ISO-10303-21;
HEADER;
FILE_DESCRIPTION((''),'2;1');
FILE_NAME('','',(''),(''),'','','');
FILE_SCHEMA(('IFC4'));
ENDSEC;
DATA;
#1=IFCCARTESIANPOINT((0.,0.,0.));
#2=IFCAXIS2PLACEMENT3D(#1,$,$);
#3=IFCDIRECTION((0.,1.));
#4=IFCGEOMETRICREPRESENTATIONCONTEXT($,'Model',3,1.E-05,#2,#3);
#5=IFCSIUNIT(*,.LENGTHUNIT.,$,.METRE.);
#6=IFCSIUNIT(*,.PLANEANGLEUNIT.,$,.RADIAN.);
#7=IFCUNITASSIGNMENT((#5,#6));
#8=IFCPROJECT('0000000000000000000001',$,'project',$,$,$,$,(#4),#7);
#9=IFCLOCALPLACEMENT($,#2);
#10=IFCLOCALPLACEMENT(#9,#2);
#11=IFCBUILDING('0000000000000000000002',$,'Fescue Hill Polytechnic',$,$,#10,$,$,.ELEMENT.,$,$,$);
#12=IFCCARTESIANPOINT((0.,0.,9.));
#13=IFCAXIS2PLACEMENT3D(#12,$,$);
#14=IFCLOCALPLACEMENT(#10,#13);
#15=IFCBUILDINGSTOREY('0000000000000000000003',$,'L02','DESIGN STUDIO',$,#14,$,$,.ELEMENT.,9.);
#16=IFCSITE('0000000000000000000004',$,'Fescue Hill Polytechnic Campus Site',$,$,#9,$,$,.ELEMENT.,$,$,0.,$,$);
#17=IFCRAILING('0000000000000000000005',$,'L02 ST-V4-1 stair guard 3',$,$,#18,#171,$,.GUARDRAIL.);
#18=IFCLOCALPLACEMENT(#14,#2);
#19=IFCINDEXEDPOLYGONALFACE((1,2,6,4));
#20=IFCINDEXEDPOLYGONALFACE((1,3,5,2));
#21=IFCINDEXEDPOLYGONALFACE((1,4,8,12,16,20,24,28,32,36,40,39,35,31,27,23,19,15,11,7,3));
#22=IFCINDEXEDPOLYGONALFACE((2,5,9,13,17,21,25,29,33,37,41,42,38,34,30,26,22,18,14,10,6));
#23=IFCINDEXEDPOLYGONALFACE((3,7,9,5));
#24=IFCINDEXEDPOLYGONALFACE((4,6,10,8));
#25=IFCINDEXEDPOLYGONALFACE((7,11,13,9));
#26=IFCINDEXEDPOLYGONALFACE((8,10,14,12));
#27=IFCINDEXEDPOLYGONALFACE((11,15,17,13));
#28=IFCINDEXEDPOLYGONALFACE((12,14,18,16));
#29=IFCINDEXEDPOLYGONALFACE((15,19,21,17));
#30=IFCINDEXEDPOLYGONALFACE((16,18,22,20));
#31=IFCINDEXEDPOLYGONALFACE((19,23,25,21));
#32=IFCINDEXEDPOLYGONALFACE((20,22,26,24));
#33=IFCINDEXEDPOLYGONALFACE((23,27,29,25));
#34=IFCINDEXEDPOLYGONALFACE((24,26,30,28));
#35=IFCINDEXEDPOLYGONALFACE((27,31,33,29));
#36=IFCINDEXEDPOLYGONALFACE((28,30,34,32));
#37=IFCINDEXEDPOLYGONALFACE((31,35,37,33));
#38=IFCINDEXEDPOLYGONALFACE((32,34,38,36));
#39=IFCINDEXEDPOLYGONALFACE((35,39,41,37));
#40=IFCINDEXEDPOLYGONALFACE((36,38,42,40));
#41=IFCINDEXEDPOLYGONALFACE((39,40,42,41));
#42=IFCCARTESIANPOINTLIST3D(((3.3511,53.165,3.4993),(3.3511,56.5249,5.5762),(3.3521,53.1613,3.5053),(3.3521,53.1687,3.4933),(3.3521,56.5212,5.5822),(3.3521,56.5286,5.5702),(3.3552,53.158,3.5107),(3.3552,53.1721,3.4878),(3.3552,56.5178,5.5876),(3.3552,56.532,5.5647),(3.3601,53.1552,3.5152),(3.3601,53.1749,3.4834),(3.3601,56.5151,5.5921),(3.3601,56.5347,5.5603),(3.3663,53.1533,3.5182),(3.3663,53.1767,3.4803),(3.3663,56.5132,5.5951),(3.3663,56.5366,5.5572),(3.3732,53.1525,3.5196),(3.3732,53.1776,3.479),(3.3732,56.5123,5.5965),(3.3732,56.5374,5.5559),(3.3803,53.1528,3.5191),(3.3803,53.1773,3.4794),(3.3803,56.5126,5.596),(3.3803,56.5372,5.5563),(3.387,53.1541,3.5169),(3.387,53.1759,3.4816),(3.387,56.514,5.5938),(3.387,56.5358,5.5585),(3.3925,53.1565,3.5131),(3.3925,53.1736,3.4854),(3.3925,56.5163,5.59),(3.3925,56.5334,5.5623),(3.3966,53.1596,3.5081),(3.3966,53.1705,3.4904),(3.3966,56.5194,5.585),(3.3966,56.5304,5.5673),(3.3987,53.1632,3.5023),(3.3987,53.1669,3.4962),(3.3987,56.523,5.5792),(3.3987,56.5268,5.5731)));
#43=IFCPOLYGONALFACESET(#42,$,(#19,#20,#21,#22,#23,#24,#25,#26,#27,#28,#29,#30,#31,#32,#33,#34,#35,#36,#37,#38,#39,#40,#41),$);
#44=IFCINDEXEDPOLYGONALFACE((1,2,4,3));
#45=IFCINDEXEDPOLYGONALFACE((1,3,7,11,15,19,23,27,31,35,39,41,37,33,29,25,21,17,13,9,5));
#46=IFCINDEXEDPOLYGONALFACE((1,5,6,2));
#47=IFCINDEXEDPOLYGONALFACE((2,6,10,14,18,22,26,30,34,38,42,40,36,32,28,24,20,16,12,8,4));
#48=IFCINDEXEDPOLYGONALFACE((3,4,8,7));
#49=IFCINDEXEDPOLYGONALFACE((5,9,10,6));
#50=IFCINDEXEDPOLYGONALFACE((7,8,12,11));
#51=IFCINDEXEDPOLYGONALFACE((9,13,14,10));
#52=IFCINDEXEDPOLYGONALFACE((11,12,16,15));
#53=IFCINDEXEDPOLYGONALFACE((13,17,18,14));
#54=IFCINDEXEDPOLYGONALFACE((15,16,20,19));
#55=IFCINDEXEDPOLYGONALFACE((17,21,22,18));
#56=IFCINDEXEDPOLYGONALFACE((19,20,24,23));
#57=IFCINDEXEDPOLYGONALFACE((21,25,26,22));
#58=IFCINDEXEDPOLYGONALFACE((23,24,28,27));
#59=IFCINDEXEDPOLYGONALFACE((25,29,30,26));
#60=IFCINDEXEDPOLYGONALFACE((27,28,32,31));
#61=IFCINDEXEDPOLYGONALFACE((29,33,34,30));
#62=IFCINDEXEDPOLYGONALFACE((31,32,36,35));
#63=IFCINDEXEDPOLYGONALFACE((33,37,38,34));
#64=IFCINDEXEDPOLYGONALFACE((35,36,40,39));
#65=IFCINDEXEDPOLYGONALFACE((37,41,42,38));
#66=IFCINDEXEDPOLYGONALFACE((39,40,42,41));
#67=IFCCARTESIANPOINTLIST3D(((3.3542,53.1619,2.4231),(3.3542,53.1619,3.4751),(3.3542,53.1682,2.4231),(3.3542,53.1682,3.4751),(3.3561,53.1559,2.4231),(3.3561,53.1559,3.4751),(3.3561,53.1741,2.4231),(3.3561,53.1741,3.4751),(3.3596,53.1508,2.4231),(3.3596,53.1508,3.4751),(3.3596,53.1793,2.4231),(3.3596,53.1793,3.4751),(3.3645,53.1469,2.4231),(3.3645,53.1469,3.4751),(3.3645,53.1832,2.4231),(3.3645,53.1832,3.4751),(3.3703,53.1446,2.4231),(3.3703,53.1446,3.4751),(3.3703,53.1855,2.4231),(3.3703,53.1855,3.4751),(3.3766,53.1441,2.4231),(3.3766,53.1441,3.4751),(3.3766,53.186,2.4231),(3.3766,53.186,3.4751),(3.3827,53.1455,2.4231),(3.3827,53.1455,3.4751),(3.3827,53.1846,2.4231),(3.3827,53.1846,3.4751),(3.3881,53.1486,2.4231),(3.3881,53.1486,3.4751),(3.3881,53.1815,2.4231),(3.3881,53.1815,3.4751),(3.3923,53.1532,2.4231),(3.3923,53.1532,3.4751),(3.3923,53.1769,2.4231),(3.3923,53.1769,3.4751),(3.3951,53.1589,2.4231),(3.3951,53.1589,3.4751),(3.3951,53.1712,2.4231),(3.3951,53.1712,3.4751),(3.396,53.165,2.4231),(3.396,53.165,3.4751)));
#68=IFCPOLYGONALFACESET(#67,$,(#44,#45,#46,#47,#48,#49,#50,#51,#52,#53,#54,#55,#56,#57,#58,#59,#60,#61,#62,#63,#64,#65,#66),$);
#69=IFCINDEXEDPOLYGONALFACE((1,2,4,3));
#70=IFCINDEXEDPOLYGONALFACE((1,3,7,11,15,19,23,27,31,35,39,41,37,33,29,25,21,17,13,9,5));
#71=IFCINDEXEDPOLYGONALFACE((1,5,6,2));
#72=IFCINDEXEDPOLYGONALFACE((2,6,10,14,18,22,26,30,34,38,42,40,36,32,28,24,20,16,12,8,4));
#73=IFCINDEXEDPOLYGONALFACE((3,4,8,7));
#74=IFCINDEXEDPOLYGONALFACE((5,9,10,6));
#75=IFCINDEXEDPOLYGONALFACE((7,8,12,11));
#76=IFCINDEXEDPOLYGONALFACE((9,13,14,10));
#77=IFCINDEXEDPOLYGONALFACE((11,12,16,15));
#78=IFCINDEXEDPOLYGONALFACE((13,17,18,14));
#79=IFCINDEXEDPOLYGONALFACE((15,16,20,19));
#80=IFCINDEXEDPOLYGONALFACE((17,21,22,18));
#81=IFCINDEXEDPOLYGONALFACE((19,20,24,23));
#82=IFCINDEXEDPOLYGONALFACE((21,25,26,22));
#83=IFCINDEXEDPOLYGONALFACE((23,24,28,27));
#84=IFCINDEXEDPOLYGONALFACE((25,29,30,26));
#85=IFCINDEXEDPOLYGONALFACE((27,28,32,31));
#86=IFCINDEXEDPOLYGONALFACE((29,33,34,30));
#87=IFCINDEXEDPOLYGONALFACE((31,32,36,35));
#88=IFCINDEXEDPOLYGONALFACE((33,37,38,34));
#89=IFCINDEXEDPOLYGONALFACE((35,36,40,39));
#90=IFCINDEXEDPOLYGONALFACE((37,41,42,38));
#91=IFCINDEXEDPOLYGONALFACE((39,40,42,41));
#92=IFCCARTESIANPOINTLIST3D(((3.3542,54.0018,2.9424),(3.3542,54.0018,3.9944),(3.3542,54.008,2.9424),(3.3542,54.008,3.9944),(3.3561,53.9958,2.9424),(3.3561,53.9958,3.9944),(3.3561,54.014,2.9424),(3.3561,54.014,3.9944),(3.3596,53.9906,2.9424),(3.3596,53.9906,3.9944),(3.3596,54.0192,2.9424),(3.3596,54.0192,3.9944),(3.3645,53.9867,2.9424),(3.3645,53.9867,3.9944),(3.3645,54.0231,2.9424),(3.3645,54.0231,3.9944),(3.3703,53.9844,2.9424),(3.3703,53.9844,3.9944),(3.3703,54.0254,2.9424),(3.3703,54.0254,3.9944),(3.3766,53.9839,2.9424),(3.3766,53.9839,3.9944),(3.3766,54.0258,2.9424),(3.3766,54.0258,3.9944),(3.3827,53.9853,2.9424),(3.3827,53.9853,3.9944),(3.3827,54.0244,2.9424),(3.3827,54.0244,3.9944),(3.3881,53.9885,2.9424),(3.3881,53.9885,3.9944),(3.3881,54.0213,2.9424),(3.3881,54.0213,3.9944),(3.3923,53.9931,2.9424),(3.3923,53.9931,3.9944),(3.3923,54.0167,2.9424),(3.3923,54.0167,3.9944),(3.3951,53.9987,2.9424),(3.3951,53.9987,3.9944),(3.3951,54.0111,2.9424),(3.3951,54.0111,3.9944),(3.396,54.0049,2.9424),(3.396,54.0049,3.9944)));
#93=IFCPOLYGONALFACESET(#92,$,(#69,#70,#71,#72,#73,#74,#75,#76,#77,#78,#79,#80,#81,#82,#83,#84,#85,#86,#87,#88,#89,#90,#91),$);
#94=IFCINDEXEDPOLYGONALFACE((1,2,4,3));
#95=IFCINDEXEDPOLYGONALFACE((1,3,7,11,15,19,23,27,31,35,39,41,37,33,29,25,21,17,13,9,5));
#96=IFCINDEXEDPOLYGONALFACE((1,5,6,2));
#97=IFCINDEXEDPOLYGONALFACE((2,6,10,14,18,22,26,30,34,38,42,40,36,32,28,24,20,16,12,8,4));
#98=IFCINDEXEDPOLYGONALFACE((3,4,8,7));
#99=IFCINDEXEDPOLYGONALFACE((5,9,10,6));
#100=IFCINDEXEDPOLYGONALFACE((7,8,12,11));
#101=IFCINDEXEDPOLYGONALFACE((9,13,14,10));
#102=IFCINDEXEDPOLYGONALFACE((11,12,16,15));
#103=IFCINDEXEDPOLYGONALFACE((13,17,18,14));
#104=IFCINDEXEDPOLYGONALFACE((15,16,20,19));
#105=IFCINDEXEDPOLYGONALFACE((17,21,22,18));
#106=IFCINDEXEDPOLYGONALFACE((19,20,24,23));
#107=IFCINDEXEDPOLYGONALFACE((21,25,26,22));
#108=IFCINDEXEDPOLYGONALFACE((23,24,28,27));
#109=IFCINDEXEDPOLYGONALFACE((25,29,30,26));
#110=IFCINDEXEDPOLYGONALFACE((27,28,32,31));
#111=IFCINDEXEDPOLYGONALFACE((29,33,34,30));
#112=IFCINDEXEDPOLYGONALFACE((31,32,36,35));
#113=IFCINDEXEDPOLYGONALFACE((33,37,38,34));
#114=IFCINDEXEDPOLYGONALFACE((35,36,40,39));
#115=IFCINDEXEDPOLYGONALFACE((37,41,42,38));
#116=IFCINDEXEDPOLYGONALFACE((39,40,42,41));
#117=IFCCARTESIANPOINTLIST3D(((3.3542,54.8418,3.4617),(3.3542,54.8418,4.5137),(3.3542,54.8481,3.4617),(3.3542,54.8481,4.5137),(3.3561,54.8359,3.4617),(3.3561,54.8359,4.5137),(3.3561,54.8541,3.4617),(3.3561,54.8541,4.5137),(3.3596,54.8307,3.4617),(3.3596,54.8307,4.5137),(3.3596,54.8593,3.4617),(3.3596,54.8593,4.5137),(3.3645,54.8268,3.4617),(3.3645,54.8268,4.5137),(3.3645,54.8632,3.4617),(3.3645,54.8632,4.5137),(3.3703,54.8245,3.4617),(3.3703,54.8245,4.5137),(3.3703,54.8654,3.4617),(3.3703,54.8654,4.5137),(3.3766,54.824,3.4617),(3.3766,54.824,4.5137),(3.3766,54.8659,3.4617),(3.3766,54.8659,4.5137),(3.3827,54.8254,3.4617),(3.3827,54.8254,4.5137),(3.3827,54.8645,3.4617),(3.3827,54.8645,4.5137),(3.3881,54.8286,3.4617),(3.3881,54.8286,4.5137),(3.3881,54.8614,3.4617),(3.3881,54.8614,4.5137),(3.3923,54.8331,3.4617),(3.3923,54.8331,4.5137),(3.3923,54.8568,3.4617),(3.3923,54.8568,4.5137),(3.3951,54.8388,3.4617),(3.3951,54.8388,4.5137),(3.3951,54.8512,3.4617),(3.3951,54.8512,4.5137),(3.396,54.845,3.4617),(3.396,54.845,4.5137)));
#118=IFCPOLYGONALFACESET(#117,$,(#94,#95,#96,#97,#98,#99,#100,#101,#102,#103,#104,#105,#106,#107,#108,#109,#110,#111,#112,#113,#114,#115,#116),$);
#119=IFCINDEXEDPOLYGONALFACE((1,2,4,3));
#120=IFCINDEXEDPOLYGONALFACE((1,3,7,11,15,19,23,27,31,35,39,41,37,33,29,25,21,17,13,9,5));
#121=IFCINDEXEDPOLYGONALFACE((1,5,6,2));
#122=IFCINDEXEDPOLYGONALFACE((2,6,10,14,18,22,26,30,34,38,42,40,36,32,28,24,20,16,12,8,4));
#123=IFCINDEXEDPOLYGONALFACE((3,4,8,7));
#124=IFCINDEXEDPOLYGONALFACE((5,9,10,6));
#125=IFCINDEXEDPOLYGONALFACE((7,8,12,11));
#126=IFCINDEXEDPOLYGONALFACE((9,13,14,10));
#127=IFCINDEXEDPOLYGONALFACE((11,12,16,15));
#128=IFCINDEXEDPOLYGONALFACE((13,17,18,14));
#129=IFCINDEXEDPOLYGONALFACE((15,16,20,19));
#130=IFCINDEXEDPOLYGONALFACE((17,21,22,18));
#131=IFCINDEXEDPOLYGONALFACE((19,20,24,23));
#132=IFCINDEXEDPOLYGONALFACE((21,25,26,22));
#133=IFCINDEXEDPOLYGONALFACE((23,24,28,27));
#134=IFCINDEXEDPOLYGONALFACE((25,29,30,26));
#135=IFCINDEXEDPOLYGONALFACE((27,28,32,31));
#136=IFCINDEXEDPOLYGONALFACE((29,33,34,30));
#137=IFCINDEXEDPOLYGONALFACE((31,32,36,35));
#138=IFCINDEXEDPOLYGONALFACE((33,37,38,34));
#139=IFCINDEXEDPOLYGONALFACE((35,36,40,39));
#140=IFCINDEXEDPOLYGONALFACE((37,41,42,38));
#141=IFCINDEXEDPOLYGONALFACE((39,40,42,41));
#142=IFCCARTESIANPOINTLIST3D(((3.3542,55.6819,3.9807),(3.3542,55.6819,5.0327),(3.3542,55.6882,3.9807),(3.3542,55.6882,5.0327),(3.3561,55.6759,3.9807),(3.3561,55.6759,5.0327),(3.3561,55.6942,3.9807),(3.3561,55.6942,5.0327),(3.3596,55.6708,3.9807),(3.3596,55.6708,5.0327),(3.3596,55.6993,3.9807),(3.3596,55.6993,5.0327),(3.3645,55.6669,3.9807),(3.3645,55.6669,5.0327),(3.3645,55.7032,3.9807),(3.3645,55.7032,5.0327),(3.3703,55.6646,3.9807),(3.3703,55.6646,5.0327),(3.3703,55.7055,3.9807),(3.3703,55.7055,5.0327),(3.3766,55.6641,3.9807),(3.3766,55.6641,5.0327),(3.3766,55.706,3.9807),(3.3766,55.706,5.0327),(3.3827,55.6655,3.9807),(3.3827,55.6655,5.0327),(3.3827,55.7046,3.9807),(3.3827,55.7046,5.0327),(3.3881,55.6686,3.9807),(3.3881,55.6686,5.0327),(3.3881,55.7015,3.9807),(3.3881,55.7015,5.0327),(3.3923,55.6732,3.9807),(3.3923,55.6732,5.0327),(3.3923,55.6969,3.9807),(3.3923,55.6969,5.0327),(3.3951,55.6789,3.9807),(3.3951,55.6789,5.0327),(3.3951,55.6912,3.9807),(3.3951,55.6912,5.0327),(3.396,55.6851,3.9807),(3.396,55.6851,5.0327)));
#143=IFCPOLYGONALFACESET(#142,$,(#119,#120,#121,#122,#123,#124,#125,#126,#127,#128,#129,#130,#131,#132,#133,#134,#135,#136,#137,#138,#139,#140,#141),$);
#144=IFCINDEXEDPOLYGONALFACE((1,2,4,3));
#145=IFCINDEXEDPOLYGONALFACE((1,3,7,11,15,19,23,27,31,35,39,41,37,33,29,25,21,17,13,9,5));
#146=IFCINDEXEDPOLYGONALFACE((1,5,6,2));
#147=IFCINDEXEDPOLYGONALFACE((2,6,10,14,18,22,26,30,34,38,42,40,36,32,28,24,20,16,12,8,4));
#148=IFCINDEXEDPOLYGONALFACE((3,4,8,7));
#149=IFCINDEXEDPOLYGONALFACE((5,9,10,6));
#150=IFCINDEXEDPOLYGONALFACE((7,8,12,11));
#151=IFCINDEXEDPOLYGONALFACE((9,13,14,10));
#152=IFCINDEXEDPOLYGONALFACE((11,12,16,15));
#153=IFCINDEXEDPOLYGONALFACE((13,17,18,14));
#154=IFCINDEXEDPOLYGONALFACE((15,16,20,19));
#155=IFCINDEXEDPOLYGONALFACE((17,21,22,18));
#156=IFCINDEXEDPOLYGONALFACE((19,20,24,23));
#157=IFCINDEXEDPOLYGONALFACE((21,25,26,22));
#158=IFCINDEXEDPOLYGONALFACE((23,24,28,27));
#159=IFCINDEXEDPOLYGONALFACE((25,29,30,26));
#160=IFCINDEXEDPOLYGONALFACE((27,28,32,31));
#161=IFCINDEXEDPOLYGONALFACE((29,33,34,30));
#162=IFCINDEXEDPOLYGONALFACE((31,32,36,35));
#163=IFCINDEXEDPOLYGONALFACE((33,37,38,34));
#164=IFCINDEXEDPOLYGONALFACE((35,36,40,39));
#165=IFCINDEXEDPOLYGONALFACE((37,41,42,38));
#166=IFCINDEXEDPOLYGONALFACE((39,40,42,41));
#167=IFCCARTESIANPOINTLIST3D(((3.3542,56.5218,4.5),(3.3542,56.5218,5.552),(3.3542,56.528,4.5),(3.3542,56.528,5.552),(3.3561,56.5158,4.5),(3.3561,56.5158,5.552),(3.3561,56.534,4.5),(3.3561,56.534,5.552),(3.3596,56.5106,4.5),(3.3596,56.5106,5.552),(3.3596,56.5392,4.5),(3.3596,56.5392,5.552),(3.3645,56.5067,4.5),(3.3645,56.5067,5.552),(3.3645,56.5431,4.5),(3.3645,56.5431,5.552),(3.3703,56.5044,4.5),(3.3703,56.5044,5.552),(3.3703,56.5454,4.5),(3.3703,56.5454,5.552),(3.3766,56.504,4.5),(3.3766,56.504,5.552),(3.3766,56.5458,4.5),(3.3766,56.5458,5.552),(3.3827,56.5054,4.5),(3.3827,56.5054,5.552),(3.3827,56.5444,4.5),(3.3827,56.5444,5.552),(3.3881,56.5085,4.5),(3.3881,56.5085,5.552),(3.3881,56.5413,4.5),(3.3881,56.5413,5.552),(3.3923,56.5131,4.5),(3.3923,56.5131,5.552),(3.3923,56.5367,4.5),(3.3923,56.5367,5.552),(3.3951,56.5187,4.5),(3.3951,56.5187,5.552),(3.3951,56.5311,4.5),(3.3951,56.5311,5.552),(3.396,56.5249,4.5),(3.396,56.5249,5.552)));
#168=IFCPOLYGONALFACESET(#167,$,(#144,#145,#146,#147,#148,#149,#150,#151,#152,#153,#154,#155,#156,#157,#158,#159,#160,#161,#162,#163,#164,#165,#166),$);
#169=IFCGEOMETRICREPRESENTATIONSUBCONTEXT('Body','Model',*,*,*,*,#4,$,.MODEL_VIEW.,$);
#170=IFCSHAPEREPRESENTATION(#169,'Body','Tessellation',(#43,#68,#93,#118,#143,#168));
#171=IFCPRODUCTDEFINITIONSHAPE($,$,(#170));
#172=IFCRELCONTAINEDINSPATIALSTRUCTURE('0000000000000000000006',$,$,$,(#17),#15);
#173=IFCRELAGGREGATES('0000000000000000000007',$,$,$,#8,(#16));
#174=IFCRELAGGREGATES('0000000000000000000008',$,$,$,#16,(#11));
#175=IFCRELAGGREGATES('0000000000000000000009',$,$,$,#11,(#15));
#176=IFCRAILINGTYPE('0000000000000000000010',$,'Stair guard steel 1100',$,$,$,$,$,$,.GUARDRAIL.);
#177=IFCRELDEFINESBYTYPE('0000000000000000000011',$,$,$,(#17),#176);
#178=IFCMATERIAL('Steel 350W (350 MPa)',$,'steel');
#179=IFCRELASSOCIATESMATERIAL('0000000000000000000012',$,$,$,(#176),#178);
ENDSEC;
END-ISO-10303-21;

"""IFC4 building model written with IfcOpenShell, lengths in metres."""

from ifc_helpers import new_model, si_unit, direction, frame, origin, origin_2d, place, context, subcontext, project, spatial, circle, extrude, material, type_object, element, save


model = new_model("IFC4")

# Units and contexts
model_context = context("Model", 3, precision=1e-05, world=origin(), true_north=direction((0.0, 1.0)))
body_context = subcontext(model_context, "Body", "Model", "MODEL_VIEW")
ifc_project = project(units=[si_unit("LENGTHUNIT", "METRE"), si_unit("PLANEANGLEUNIT", "RADIAN")], contexts=[model_context])

# Site, building, storey
site_placement = place(None, origin())
site = spatial("IfcSite", under=ifc_project, at=site_placement, Name="Fescue Hill Polytechnic Campus Site", CompositionType="ELEMENT", RefElevation=0.0)
building_placement = place(site_placement, origin())
building = spatial("IfcBuilding", under=site, at=building_placement, Name="Fescue Hill Polytechnic", CompositionType="ELEMENT")
storey_placement = place(building_placement, frame((0.0, 0.0, 9.0)))
storey = spatial("IfcBuildingStorey", under=building, at=storey_placement, Name="L02", Description="DESIGN STUDIO", CompositionType="ELEMENT", Elevation=9.0)

# Railing
ifc_material_1 = material(Name="Steel 350W (350 MPa)", Category="steel")
railing_type_1 = type_object("IfcRailingType", Name="Stair guard steel 1100", PredefinedType="GUARDRAIL", material=ifc_material_1)
railing_1_placement = place(storey_placement, frame((3.375, 53.165, 2.4231)))
element("IfcRailing", 1, at=railing_1_placement, inside=storey, type_object=railing_type_1, Name="L02 ST-V4-1 stair guard 3", PredefinedType="GUARDRAIL", context=body_context, shape_type="SweptSolid", body=[
    extrude(circle(Radius=0.0239, at=origin_2d()), frame((0.0, 0.0, 1.0762), z_axis=(0.0, 0.850606, 0.525803), x_axis=(-1.0, 0.0, 0.0)), (0.0, 0.0, 1.0), 3.95),
    extrude(circle(Radius=0.021, at=origin_2d()), origin(), (0.0, 0.0, 1.0), 1.052),
    extrude(circle(Radius=0.021, at=origin_2d()), frame((0.0, 0.8398, 0.5193)), (0.0, 0.0, 1.0), 1.052),
    extrude(circle(Radius=0.021, at=origin_2d()), frame((0.0, 1.6799, 1.0386)), (0.0, 0.0, 1.0), 1.052),
    extrude(circle(Radius=0.021, at=origin_2d()), frame((0.0, 2.52, 1.5576)), (0.0, 0.0, 1.0), 1.052),
    extrude(circle(Radius=0.021, at=origin_2d()), frame((0.0, 3.3599, 2.0769)), (0.0, 0.0, 1.0), 1.052),
])

save(model, "model.ifc")
